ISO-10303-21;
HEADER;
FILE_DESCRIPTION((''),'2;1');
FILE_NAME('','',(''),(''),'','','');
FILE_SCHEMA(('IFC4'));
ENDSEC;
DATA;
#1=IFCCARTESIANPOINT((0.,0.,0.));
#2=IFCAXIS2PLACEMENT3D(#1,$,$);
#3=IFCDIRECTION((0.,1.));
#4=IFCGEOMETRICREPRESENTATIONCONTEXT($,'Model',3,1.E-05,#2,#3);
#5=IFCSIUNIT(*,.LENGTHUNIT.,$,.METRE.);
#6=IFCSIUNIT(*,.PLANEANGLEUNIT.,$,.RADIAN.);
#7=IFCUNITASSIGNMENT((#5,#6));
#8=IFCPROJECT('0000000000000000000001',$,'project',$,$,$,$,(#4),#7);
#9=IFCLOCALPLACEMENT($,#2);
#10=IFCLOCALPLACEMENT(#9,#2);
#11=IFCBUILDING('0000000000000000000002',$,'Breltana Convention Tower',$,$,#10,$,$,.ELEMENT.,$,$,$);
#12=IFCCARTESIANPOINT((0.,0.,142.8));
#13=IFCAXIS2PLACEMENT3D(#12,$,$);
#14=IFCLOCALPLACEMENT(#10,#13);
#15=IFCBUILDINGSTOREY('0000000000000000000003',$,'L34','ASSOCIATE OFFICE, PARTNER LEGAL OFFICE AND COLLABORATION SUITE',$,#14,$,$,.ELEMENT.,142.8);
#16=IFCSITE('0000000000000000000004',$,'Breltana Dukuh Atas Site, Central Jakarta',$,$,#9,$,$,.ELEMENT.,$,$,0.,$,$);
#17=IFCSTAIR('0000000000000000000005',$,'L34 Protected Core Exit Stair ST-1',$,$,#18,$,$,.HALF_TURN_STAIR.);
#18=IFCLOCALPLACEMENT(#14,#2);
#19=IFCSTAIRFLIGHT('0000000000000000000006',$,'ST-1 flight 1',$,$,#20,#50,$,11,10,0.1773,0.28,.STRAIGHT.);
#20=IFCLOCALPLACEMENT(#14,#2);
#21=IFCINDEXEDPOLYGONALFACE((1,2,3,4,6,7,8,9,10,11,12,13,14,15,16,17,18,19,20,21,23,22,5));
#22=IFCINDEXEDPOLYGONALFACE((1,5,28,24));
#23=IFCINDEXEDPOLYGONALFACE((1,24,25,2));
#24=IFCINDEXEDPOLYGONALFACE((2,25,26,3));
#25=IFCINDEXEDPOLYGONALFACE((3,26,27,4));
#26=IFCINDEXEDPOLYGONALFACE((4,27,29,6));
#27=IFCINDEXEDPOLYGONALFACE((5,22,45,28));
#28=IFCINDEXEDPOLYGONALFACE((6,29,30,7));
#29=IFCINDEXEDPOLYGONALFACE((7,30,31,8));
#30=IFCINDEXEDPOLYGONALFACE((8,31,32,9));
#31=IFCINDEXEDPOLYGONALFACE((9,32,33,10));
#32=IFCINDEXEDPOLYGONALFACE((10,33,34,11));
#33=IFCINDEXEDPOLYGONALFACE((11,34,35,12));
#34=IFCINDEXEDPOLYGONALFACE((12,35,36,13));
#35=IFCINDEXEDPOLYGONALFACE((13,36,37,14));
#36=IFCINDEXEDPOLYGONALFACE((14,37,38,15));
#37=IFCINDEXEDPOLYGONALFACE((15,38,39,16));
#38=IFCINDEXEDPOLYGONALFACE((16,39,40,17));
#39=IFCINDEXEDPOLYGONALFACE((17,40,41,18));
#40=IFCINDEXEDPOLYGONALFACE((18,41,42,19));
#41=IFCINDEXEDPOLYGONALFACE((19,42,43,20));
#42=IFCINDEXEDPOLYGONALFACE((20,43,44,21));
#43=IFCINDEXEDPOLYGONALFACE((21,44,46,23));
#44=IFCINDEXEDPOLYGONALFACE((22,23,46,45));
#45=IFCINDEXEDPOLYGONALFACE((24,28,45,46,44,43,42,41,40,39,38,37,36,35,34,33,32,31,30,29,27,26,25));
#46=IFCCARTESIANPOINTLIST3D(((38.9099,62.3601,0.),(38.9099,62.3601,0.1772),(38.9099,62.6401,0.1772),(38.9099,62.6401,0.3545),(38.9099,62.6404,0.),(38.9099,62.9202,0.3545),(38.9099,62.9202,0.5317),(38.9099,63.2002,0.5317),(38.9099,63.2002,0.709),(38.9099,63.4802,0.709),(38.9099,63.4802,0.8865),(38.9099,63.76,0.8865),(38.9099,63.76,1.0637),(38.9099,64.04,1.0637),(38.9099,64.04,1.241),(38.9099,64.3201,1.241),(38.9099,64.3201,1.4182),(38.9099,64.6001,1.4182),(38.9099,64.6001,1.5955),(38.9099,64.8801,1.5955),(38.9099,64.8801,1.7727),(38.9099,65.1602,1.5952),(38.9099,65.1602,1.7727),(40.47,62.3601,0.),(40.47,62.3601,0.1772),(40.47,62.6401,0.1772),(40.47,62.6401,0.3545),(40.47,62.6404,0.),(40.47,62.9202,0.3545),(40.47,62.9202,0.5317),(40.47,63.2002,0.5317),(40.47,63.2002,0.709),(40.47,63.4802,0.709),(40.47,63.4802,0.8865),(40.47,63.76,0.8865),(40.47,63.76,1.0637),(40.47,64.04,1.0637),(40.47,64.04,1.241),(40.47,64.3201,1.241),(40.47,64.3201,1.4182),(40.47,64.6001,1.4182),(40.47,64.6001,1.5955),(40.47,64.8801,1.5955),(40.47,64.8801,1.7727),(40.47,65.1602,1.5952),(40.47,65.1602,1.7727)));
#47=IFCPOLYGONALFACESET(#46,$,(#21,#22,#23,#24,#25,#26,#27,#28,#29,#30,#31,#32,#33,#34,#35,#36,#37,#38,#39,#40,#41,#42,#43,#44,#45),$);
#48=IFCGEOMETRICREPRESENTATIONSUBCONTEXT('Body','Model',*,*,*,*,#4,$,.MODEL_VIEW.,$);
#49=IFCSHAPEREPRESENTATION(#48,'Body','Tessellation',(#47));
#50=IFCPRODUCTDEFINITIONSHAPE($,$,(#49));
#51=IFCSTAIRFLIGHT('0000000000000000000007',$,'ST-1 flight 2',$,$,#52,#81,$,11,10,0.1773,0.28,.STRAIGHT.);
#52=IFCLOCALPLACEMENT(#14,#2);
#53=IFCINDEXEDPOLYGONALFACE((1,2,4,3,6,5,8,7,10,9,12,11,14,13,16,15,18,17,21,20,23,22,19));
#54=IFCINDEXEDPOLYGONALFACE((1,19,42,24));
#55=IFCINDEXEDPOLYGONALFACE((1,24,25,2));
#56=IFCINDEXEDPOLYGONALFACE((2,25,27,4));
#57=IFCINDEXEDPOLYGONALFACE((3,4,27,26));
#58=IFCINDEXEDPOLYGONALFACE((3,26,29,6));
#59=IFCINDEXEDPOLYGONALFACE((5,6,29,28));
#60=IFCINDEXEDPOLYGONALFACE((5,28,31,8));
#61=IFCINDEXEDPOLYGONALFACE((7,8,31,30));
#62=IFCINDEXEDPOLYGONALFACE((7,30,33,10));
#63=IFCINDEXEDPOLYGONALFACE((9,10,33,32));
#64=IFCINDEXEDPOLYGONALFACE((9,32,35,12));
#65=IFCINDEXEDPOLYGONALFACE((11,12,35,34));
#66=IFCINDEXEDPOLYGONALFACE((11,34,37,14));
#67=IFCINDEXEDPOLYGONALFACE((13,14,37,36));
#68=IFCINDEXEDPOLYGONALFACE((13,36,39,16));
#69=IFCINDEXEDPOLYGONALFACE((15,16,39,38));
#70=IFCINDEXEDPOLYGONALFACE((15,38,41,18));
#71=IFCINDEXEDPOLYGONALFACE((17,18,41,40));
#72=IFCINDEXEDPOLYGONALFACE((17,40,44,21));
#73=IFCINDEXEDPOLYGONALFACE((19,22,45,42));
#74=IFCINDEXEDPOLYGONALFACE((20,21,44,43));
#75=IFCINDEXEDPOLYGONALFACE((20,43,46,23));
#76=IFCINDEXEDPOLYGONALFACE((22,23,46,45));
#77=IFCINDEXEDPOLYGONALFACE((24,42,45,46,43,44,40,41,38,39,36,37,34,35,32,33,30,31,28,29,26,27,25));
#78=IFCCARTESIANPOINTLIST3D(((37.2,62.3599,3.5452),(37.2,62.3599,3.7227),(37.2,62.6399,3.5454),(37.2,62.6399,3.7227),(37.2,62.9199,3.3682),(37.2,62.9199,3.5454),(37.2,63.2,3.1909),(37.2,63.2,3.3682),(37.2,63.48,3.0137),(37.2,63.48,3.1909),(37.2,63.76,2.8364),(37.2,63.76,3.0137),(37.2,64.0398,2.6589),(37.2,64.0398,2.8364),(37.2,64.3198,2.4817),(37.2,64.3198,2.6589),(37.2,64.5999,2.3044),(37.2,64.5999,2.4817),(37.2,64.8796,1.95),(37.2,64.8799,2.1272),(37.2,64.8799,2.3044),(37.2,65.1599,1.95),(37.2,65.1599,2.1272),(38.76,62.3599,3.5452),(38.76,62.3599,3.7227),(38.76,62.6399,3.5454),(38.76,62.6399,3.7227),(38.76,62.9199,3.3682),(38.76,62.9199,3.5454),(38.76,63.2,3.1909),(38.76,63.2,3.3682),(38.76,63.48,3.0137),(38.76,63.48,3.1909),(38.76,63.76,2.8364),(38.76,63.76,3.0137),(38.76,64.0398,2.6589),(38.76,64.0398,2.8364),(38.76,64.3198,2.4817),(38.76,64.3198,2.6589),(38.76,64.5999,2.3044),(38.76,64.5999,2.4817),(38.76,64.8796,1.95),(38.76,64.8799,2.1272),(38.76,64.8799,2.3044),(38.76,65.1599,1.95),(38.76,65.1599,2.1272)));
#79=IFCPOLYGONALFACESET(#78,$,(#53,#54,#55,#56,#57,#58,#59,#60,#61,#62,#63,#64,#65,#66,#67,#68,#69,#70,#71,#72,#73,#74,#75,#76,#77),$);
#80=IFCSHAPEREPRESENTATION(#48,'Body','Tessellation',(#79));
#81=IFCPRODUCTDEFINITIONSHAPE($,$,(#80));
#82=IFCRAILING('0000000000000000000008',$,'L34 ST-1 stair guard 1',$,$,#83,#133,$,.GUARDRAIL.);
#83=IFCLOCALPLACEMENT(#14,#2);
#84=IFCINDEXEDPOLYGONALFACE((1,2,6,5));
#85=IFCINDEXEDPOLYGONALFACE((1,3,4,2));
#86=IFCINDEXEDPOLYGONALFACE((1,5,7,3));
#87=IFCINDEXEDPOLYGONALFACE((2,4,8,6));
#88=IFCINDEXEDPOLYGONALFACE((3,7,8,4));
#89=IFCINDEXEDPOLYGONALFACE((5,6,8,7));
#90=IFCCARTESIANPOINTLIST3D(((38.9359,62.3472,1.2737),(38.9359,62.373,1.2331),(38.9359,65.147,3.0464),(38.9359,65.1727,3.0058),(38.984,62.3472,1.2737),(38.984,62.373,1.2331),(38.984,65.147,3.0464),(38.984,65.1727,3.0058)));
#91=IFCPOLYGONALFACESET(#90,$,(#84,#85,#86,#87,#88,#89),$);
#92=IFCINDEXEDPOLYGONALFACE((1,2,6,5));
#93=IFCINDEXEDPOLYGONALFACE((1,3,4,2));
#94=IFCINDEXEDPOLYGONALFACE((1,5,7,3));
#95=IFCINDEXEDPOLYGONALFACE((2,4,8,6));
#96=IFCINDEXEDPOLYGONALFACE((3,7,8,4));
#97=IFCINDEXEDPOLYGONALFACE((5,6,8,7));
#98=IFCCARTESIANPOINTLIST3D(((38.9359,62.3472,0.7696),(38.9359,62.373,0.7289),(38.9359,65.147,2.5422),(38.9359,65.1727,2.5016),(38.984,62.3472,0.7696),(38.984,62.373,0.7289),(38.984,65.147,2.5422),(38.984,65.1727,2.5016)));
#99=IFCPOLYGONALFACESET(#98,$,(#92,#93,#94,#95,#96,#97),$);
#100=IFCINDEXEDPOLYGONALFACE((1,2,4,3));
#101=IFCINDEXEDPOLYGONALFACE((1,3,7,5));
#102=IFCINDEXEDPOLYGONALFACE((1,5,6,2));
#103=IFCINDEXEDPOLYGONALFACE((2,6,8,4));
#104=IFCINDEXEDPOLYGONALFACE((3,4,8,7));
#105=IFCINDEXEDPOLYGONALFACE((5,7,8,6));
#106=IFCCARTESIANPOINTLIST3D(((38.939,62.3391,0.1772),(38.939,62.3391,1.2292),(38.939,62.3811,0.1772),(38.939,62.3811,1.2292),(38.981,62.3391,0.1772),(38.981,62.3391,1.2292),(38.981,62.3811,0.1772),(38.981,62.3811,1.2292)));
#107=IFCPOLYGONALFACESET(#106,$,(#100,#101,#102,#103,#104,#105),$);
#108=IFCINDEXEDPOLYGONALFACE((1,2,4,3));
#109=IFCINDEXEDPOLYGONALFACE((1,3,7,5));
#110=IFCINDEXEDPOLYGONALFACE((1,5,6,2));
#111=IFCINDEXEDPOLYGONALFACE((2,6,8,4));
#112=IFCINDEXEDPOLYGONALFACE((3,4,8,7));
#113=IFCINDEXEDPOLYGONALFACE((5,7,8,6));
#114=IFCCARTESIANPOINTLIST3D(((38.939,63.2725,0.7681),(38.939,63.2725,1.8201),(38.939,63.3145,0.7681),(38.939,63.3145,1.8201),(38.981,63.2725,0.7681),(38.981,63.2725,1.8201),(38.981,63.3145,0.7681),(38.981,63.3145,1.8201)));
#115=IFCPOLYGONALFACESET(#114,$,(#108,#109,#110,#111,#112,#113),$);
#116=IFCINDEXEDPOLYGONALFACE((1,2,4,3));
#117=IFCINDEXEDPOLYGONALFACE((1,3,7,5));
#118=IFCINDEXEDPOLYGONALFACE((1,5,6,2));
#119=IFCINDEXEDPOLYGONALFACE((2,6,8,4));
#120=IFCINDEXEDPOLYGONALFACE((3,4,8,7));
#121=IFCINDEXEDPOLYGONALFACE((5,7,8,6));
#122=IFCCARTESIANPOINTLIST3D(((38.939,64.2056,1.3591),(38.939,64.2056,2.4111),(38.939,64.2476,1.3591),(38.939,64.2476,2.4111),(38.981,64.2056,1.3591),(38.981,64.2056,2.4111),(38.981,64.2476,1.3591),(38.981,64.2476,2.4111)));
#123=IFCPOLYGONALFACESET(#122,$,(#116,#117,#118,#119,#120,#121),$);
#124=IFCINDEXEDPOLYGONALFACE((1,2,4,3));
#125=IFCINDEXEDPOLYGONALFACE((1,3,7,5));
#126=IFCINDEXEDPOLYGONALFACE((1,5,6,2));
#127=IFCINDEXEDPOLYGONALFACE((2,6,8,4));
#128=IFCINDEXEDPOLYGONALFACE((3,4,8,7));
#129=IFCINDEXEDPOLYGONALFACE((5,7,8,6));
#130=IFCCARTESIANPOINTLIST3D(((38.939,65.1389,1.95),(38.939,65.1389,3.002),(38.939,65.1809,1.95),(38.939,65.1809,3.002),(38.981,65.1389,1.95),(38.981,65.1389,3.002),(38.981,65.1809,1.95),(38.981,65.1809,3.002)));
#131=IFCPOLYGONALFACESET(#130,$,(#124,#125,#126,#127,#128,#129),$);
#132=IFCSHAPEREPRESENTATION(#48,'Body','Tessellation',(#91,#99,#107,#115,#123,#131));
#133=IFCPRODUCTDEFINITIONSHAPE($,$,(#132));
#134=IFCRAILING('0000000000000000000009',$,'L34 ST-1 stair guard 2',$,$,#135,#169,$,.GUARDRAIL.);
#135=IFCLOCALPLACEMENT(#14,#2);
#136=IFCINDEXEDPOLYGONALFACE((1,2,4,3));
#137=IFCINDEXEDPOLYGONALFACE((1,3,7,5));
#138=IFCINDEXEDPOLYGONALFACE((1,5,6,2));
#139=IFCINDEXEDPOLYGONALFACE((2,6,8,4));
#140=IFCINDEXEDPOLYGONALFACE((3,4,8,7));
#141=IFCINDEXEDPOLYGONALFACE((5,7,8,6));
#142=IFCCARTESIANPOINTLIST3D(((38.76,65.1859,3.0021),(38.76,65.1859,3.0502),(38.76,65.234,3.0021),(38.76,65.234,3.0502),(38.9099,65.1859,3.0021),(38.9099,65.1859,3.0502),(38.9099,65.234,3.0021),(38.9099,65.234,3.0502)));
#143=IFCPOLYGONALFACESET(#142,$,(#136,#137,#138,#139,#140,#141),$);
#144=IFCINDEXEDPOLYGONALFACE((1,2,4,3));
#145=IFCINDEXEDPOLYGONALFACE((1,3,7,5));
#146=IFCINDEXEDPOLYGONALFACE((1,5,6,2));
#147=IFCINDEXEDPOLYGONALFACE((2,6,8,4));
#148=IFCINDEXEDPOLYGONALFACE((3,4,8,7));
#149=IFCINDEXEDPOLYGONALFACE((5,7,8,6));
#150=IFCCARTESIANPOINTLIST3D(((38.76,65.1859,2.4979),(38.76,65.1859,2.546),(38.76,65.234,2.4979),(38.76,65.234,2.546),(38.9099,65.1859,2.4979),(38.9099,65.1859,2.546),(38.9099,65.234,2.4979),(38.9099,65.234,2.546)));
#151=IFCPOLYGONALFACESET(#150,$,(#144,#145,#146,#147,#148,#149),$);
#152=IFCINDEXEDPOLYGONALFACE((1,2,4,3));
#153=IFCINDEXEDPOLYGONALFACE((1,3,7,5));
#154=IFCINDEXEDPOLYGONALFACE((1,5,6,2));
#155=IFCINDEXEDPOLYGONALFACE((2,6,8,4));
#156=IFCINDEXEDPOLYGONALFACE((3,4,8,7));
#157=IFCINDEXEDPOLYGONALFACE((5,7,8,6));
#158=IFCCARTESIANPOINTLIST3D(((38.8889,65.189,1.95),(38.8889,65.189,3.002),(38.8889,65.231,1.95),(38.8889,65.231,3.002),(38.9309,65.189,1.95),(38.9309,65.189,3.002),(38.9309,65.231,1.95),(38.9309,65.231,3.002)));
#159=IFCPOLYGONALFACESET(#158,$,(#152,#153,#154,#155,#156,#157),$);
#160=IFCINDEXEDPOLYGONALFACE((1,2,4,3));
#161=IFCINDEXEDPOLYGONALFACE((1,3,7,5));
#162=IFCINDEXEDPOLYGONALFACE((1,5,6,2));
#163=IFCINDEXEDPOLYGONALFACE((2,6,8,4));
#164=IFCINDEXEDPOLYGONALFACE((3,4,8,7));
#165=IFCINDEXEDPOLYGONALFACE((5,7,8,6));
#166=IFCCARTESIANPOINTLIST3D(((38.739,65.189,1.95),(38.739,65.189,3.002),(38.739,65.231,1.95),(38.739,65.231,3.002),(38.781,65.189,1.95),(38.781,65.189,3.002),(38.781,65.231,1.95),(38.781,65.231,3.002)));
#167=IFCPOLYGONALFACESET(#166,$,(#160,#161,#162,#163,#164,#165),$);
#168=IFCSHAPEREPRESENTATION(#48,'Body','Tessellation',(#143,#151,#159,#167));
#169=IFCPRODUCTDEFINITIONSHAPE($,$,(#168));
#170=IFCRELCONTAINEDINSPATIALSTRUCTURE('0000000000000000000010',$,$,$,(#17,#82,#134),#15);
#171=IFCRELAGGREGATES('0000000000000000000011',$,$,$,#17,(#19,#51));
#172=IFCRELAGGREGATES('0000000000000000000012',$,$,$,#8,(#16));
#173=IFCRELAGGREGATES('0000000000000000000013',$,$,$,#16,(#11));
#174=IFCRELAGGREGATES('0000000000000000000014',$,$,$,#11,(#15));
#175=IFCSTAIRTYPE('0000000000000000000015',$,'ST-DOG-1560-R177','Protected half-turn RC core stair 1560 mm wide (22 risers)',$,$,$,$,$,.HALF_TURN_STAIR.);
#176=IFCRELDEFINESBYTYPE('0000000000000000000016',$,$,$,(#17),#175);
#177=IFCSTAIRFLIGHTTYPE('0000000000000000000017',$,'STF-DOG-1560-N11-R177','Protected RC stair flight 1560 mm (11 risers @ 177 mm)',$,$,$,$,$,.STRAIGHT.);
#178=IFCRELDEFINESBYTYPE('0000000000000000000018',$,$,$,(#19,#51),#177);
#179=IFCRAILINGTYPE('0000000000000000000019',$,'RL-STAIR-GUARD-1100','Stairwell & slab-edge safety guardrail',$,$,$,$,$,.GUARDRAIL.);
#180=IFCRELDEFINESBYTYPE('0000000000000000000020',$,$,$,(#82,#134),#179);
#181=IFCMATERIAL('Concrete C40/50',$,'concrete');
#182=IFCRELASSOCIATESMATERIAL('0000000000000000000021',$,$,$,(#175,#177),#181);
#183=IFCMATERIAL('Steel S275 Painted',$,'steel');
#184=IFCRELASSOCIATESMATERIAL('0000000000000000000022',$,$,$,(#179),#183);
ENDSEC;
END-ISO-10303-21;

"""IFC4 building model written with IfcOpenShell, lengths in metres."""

from ifc_helpers import new_model, si_unit, direction, frame, origin, origin_2d, place, context, subcontext, project, spatial, polyline, rectangle, outline, extrude, material, type_object, element, aggregate, save


model = new_model("IFC4")

# Units and contexts
model_context = context("Model", 3, precision=1e-05, world=origin(), true_north=direction((0.0, 1.0)))
body_context = subcontext(model_context, "Body", "Model", "MODEL_VIEW")
ifc_project = project(units=[si_unit("LENGTHUNIT", "METRE"), si_unit("PLANEANGLEUNIT", "RADIAN")], contexts=[model_context])

# Site, building, storey
site_placement = place(None, origin())
site = spatial("IfcSite", under=ifc_project, at=site_placement, Name="Breltana Dukuh Atas Site, Central Jakarta", CompositionType="ELEMENT", RefElevation=0.0)
building_placement = place(site_placement, origin())
building = spatial("IfcBuilding", under=site, at=building_placement, Name="Breltana Convention Tower", CompositionType="ELEMENT")
storey_placement = place(building_placement, frame((0.0, 0.0, 142.8)))
storey = spatial("IfcBuildingStorey", under=building, at=storey_placement, Name="L34", Description="ASSOCIATE OFFICE, PARTNER LEGAL OFFICE AND COLLABORATION SUITE", CompositionType="ELEMENT", Elevation=142.8)

# Stair, stair flights
ifc_material_1 = material(Name="Concrete C40/50", Category="concrete")
stair_type = type_object("IfcStairType", Name="ST-DOG-1560-R177", Description="Protected half-turn RC core stair 1560 mm wide (22 risers)", PredefinedType="HALF_TURN_STAIR", material=ifc_material_1)
stair_placement = place(storey_placement, origin())
stair = element("IfcStair", 1, at=stair_placement, inside=storey, type_object=stair_type, Name="L34 Protected Core Exit Stair ST-1", PredefinedType="HALF_TURN_STAIR")
stair_flight_type = type_object("IfcStairFlightType", Name="STF-DOG-1560-N11-R177", Description="Protected RC stair flight 1560 mm (11 risers @ 177 mm)", PredefinedType="STRAIGHT", material=ifc_material_1)
stair_flight_1_placement = place(storey_placement, frame((39.6899, 62.3601, 0.0), z_axis=(0.0, 0.0, 1.0), x_axis=(0.0, 1.0, 0.0)))
stair_flight_1 = element("IfcStairFlight", 2, at=stair_flight_1_placement, type_object=stair_flight_type, Name="ST-1 flight 1", NumberOfRisers=11, NumberOfTreads=10, PredefinedType="STRAIGHT", RiserHeight=0.1773, TreadLength=0.28, context=body_context, shape_type="SweptSolid", body=[
    extrude(outline(polyline([(0.0, 0.0), (0.0, 0.1772), (0.28, 0.1772), (0.28, 0.3545), (0.5601, 0.3545), (0.5601, 0.5317), (0.8401, 0.5317), (0.8401, 0.709), (1.1201, 0.709), (1.1201, 0.8865), (1.3999, 0.8865), (1.3999, 1.0637), (1.6799, 1.0637), (1.6799, 1.241), (1.96, 1.241), (1.96, 1.4182), (2.24, 1.4182), (2.24, 1.5955), (2.52, 1.5955), (2.52, 1.7727), (2.8, 1.7727), (2.8, 1.95), (2.8, 1.5952), (0.2803, 0.0), (0.0, 0.0)])), frame((0.0, 0.78, 0.0), z_axis=(0.0, -1.0, 0.0), x_axis=(1.0, 0.0, 0.0)), (0.0, 0.0, 1.0), 1.5601),
])
stair_flight_2_placement = place(storey_placement, frame((37.98, 65.1599, 1.95), z_axis=(0.0, 0.0, 1.0), x_axis=(0.0, -1.0, 0.0)))
stair_flight_2 = element("IfcStairFlight", 3, at=stair_flight_2_placement, type_object=stair_flight_type, Name="ST-1 flight 2", NumberOfRisers=11, NumberOfTreads=10, PredefinedType="STRAIGHT", RiserHeight=0.1773, TreadLength=0.28, context=body_context, shape_type="SweptSolid", body=[
    extrude(outline(polyline([(0.0, 0.0), (0.0, 0.1772), (0.28, 0.1772), (0.28, 0.3545), (0.5601, 0.3545), (0.5601, 0.5317), (0.8401, 0.5317), (0.8401, 0.709), (1.1201, 0.709), (1.1201, 0.8865), (1.3999, 0.8865), (1.3999, 1.0637), (1.6799, 1.0637), (1.6799, 1.241), (1.96, 1.241), (1.96, 1.4182), (2.24, 1.4182), (2.24, 1.5955), (2.52, 1.5955), (2.52, 1.7727), (2.8, 1.7727), (2.8, 1.95), (2.8, 1.5952), (0.2803, 0.0), (0.0, 0.0)])), frame((0.0, 0.78, 0.0), z_axis=(0.0, -1.0, 0.0), x_axis=(1.0, 0.0, 0.0)), (0.0, 0.0, 1.0), 1.5601),
])
aggregate(stair, [stair_flight_1, stair_flight_2])

# Railings
ifc_material_2 = material(Name="Steel S275 Painted", Category="steel")
railing_type_1 = type_object("IfcRailingType", Name="RL-STAIR-GUARD-1100", Description="Stairwell & slab-edge safety guardrail", PredefinedType="GUARDRAIL", material=ifc_material_2)
railing_1_placement = place(storey_placement, frame((38.96, 62.3601, 0.1772)))
element("IfcRailing", 4, at=railing_1_placement, inside=storey, type_object=railing_type_1, Name="L34 ST-1 stair guard 1", PredefinedType="GUARDRAIL", context=body_context, shape_type="SweptSolid", body=[
    extrude(rectangle(XDim=0.0481, YDim=0.0481, at=origin_2d()), frame((0.0, 0.0, 1.0762), z_axis=(0.0, 0.844888, 0.534943), x_axis=(-1.0, 0.0, 0.0)), (0.0, 0.0, 1.0), 3.3137),
    extrude(rectangle(XDim=0.0481, YDim=0.0481, at=origin_2d()), frame((0.0, 0.0, 0.572), z_axis=(0.0, 0.844888, 0.534943), x_axis=(-1.0, 0.0, 0.0)), (0.0, 0.0, 1.0), 3.3137),
    extrude(rectangle(XDim=0.042, YDim=0.042, at=origin_2d()), origin(), (0.0, 0.0, 1.0), 1.052),
    extrude(rectangle(XDim=0.042, YDim=0.042, at=origin_2d()), frame((0.0, 0.9333, 0.5908)), (0.0, 0.0, 1.0), 1.052),
    extrude(rectangle(XDim=0.042, YDim=0.042, at=origin_2d()), frame((0.0, 1.8665, 1.1819)), (0.0, 0.0, 1.0), 1.052),
    extrude(rectangle(XDim=0.042, YDim=0.042, at=origin_2d()), frame((0.0, 2.7998, 1.7727)), (0.0, 0.0, 1.0), 1.052),
])
railing_2_placement = place(storey_placement, frame((38.9099, 65.21, 1.95)))
element("IfcRailing", 5, at=railing_2_placement, inside=storey, type_object=railing_type_1, Name="L34 ST-1 stair guard 2", PredefinedType="GUARDRAIL", context=body_context, shape_type="SweptSolid", body=[
    extrude(rectangle(XDim=0.0481, YDim=0.0481, at=origin_2d()), frame((0.0, 0.0, 1.0762), z_axis=(-1.0, 0.0, 0.0), x_axis=(0.0, -1.0, 0.0)), (0.0, 0.0, 1.0), 0.1499),
    extrude(rectangle(XDim=0.0481, YDim=0.0481, at=origin_2d()), frame((0.0, 0.0, 0.572), z_axis=(-1.0, 0.0, 0.0), x_axis=(0.0, -1.0, 0.0)), (0.0, 0.0, 1.0), 0.1499),
    extrude(rectangle(XDim=0.042, YDim=0.042, at=origin_2d()), origin(), (0.0, 0.0, 1.0), 1.052),
    extrude(rectangle(XDim=0.042, YDim=0.042, at=origin_2d()), frame((-0.1499, 0.0, 0.0)), (0.0, 0.0, 1.0), 1.052),
])

save(model, "model.ifc")
